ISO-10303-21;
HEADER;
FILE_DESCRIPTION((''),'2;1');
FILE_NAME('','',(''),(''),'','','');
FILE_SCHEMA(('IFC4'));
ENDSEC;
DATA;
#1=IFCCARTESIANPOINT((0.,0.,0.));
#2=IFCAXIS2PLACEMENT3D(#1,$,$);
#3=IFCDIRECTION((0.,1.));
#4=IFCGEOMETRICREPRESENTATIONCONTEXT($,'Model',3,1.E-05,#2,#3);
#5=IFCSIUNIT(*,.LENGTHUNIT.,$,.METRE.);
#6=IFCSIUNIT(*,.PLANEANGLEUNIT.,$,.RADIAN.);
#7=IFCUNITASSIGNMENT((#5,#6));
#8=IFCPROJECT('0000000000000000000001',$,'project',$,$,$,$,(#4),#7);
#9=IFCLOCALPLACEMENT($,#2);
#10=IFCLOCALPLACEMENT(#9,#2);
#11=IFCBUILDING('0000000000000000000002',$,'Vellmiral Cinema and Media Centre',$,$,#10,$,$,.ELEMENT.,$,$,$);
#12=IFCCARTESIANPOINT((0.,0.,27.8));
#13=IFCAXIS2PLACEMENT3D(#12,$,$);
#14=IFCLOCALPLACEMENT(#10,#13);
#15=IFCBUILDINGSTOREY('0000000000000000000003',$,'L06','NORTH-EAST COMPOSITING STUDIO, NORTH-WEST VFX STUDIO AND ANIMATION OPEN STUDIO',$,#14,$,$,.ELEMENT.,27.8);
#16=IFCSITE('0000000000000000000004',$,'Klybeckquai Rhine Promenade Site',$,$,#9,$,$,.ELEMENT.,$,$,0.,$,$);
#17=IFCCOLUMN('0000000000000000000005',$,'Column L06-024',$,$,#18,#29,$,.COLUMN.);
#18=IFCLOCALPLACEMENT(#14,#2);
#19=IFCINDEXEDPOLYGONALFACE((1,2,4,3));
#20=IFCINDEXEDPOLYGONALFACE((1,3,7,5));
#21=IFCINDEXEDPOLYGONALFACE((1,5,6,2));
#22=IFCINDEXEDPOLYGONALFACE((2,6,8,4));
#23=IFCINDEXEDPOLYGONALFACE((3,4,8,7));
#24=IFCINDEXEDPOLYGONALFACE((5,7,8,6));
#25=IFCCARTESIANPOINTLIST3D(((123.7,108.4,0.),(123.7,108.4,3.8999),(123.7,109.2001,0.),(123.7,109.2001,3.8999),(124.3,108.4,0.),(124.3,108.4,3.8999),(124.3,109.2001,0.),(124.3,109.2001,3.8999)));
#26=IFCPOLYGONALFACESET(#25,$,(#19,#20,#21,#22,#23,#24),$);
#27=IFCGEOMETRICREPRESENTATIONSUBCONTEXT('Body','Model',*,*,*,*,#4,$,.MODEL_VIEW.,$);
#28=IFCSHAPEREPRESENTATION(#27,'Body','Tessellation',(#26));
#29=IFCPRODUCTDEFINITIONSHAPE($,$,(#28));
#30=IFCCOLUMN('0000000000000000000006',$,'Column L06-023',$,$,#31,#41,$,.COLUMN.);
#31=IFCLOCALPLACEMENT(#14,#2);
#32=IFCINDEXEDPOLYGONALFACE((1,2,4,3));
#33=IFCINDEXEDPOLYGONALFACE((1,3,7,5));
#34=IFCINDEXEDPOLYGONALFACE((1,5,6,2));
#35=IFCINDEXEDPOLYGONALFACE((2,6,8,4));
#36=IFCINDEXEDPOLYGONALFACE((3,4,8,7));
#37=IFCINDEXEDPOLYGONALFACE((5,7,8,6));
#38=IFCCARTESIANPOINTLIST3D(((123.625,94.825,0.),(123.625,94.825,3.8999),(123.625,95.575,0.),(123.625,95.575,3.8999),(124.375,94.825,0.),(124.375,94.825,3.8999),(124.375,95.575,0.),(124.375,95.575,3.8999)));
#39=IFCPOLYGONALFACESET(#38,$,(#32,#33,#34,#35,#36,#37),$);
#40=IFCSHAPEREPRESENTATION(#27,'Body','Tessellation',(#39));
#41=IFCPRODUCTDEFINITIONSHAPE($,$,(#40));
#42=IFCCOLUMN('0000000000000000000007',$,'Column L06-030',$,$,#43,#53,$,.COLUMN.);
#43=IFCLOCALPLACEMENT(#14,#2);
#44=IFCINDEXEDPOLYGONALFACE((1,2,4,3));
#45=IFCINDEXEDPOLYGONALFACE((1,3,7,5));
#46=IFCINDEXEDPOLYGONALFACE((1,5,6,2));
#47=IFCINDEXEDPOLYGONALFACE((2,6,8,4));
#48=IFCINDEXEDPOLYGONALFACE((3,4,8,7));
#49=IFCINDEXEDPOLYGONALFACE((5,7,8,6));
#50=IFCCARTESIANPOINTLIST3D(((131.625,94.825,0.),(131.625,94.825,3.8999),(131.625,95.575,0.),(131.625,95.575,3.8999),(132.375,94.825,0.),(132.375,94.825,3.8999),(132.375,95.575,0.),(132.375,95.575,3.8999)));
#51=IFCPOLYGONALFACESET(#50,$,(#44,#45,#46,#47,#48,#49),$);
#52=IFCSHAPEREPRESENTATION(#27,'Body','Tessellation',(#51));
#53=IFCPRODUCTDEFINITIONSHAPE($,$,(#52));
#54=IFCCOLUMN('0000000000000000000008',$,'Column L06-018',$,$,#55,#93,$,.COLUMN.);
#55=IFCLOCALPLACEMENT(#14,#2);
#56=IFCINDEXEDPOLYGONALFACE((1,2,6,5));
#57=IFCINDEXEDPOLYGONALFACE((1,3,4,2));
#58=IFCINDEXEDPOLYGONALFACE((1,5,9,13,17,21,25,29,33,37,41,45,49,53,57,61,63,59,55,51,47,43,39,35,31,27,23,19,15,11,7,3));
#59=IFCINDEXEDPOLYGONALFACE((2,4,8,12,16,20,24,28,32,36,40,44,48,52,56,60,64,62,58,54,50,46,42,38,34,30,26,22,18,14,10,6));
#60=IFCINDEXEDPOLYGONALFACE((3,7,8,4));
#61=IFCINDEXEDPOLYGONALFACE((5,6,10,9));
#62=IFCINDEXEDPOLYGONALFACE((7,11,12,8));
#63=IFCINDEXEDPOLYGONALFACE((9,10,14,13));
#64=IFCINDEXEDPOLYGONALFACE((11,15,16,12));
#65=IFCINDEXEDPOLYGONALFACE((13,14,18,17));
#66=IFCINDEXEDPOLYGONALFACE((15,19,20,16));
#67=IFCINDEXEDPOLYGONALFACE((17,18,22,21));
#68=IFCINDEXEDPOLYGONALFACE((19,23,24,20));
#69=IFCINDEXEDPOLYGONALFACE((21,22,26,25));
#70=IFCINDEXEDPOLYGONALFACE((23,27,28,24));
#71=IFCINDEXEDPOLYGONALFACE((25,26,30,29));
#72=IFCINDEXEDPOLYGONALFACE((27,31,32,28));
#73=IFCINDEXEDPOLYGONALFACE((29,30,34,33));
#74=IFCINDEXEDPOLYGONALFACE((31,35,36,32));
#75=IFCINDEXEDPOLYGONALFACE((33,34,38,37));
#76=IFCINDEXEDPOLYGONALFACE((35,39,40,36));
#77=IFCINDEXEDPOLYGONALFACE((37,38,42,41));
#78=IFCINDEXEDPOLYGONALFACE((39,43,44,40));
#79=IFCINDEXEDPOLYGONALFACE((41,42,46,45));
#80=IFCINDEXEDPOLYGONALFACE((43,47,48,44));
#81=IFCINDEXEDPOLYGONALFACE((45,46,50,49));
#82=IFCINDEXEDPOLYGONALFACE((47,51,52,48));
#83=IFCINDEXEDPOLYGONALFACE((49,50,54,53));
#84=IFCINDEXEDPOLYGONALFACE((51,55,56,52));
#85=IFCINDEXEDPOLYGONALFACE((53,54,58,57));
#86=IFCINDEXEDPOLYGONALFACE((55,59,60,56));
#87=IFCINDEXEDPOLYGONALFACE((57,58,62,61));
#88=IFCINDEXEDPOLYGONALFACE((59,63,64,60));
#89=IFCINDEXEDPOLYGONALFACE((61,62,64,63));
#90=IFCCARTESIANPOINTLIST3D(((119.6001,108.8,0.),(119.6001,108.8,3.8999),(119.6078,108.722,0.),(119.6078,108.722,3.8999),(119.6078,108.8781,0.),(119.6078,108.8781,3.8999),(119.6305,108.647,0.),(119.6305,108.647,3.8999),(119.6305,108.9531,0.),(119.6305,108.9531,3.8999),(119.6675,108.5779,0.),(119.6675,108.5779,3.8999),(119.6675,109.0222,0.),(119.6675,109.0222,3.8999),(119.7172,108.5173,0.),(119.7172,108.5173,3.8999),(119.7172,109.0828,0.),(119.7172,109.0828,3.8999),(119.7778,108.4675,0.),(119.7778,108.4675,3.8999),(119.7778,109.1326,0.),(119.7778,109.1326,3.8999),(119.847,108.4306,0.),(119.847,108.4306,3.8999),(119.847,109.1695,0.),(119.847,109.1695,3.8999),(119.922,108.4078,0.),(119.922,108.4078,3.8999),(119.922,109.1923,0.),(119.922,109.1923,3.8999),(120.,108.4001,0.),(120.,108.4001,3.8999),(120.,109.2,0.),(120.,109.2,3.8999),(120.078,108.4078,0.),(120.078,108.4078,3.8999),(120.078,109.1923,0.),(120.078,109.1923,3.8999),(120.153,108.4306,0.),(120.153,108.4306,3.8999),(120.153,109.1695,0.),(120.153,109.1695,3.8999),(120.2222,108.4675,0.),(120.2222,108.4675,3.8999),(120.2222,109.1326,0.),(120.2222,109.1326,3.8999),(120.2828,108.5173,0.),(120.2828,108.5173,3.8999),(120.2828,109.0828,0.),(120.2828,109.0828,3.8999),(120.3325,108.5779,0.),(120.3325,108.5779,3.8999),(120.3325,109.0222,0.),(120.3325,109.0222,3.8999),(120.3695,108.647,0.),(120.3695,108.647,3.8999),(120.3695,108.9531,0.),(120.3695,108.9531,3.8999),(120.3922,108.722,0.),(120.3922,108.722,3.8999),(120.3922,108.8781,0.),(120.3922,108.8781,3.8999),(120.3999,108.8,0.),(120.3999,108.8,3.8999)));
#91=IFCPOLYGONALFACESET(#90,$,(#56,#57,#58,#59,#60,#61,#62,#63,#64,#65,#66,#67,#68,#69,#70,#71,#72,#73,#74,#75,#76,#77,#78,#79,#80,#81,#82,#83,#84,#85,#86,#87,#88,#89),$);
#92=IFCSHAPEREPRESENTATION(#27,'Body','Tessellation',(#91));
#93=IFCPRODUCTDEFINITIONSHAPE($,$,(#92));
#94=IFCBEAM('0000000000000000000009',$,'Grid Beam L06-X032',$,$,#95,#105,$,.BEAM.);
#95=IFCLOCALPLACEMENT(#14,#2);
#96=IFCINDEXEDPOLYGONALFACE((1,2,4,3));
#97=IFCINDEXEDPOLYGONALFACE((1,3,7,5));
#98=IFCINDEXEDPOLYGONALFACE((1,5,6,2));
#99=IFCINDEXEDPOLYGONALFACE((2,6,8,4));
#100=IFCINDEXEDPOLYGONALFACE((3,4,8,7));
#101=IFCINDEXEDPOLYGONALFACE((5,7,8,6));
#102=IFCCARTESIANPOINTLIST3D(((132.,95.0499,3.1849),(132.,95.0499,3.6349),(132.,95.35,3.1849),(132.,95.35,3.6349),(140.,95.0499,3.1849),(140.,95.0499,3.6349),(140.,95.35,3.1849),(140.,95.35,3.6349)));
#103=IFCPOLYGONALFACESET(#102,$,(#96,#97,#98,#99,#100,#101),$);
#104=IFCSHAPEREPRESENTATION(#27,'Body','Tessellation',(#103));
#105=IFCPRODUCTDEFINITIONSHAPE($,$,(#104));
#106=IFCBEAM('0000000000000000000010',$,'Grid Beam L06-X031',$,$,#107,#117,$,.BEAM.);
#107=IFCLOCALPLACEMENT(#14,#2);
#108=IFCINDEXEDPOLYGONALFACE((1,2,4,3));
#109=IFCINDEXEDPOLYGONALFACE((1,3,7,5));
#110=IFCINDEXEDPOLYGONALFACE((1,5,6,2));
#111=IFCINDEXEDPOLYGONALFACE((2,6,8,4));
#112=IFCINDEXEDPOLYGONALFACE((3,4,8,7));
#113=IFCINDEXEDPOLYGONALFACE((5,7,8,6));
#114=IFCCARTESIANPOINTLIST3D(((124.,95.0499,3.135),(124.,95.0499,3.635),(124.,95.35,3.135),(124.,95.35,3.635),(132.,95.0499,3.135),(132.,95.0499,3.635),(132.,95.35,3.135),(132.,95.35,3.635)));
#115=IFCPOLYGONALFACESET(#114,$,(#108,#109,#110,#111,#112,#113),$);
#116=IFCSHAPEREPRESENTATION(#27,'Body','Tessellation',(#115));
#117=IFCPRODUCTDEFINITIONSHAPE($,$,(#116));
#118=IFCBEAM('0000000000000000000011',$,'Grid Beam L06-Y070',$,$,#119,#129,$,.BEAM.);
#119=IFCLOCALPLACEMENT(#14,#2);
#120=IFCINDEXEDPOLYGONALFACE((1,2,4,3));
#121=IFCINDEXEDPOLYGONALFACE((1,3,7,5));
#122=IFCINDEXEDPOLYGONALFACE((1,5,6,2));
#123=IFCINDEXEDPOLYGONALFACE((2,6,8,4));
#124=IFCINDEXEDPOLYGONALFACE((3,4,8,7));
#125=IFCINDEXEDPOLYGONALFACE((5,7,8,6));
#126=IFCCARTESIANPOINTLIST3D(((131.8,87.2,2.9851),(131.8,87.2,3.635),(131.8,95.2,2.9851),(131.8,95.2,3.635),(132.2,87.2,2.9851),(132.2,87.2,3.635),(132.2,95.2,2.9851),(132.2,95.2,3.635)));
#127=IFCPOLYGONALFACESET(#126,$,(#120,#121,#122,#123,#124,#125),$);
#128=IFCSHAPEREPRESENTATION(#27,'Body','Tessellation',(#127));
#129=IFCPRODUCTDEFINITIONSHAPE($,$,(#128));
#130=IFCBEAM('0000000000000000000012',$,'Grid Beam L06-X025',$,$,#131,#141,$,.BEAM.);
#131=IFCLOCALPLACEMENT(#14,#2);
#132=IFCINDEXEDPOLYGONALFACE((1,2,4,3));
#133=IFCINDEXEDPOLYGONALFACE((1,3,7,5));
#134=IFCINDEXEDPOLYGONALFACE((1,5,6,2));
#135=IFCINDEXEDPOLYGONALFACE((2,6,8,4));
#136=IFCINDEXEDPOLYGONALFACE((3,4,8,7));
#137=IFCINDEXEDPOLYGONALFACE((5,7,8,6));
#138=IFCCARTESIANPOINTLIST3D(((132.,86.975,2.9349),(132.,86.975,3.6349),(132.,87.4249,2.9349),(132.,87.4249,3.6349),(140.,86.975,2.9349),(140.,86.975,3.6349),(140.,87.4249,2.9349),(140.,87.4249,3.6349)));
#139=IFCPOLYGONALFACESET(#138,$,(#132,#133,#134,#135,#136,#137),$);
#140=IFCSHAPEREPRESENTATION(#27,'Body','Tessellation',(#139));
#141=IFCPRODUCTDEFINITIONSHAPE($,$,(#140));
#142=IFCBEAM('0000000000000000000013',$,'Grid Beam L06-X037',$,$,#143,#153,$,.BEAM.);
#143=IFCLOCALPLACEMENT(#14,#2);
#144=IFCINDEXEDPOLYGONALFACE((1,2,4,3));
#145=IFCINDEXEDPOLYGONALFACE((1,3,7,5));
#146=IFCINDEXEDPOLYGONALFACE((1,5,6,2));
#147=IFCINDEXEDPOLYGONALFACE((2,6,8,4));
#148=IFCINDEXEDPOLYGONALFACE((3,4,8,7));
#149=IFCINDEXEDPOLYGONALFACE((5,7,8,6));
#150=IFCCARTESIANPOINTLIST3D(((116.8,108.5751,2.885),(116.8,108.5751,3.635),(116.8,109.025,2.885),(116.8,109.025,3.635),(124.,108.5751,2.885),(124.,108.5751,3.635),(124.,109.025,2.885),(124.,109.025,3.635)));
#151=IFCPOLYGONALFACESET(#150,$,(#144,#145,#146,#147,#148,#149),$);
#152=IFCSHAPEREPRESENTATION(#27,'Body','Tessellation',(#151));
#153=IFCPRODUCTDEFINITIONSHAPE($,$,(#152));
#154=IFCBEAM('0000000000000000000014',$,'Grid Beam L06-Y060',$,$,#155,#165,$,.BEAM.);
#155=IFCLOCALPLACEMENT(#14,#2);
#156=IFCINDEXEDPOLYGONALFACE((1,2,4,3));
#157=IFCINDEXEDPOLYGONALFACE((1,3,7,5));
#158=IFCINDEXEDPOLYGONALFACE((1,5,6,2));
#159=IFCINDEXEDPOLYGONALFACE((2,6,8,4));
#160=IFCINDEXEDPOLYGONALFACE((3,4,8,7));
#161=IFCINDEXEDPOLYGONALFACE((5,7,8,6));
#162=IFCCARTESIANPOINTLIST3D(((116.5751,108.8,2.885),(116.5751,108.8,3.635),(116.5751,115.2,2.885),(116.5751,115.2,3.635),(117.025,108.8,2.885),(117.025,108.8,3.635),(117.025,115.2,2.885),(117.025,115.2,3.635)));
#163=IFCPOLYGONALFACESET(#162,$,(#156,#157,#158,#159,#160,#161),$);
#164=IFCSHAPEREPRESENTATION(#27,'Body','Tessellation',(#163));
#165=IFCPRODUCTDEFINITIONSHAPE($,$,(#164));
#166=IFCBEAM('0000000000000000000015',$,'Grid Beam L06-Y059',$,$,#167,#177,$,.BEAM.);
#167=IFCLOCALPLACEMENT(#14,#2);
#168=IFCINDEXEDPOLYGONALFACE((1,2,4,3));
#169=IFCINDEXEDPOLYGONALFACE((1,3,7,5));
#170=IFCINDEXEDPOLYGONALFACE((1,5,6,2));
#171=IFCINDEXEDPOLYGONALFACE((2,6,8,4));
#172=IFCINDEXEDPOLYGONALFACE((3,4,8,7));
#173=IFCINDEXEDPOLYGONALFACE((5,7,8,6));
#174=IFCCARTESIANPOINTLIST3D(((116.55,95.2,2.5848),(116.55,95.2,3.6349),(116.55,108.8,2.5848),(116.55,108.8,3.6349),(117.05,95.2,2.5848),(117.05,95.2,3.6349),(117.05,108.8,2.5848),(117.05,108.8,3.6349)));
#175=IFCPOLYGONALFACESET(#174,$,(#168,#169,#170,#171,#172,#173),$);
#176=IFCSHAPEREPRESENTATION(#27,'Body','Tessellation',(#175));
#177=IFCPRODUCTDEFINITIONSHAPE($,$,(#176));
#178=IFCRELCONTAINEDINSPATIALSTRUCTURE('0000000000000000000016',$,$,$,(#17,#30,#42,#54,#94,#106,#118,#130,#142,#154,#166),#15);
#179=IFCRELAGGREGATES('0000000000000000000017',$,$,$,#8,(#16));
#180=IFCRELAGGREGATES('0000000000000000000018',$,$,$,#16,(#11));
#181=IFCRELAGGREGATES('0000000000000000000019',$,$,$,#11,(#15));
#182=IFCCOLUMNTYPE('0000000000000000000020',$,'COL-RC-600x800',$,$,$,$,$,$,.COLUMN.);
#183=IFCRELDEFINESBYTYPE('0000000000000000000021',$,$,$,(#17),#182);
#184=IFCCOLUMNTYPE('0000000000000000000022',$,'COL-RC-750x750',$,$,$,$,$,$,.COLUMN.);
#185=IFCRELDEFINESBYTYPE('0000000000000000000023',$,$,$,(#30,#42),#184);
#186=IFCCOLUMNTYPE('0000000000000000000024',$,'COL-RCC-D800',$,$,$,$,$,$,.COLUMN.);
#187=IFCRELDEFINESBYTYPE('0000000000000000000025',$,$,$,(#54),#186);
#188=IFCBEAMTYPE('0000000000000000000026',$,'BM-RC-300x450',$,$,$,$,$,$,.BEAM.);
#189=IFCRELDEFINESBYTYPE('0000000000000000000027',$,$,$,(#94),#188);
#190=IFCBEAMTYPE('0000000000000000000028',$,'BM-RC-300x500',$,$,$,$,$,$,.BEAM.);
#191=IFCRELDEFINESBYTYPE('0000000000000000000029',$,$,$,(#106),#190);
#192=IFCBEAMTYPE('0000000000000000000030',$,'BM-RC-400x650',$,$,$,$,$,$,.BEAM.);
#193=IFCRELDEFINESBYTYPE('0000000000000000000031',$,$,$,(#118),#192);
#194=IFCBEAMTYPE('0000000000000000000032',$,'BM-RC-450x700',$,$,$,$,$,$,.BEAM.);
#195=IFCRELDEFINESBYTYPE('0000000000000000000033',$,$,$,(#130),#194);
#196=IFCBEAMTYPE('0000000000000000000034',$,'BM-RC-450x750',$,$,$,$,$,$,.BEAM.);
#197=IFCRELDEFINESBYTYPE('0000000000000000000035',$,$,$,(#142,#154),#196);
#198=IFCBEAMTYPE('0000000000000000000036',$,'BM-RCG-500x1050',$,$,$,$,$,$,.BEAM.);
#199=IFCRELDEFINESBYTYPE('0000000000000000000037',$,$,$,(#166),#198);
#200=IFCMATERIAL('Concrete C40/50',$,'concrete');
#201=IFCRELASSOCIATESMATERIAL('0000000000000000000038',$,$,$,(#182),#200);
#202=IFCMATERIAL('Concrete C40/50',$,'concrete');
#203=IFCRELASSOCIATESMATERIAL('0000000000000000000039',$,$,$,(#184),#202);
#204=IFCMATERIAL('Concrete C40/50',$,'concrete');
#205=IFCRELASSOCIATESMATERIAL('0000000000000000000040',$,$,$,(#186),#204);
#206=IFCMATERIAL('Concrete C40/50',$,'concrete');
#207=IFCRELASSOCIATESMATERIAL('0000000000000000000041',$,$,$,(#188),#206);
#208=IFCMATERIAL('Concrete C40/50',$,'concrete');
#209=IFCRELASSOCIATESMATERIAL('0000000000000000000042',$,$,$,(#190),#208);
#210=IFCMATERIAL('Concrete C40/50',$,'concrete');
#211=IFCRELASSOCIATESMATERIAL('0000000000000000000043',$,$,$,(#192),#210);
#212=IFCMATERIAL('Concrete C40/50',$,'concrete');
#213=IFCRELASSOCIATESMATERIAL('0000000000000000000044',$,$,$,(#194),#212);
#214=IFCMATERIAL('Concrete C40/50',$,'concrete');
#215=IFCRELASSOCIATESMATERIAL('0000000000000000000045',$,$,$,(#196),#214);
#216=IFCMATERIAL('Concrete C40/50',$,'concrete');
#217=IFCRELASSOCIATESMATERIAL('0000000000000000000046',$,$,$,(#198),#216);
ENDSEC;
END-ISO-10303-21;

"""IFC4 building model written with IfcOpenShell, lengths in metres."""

from ifc_helpers import new_model, si_unit, direction, frame, origin, origin_2d, place, context, subcontext, project, spatial, rectangle, circle, extrude, material, material_profile, profile_set, type_object, element, save


model = new_model("IFC4")

# Units and contexts
model_context = context("Model", 3, precision=1e-05, world=origin(), true_north=direction((0.0, 1.0)))
body_context = subcontext(model_context, "Body", "Model", "MODEL_VIEW")
ifc_project = project(units=[si_unit("LENGTHUNIT", "METRE"), si_unit("PLANEANGLEUNIT", "RADIAN")], contexts=[model_context])

# Site, building, storey
site_placement = place(None, origin())
site = spatial("IfcSite", under=ifc_project, at=site_placement, Name="Klybeckquai Rhine Promenade Site", CompositionType="ELEMENT", RefElevation=0.0)
building_placement = place(site_placement, origin())
building = spatial("IfcBuilding", under=site, at=building_placement, Name="Vellmiral Cinema and Media Centre", CompositionType="ELEMENT")
storey_placement = place(building_placement, frame((0.0, 0.0, 27.8)))
storey = spatial("IfcBuildingStorey", under=building, at=storey_placement, Name="L06", Description="NORTH-EAST COMPOSITING STUDIO, NORTH-WEST VFX STUDIO AND ANIMATION OPEN STUDIO", CompositionType="ELEMENT", Elevation=27.8)

# Columns
ifc_material_1 = material(Name="Concrete C40/50", Category="concrete")
ifc_material_profile_1 = material_profile(ifc_material_1, rectangle(XDim=0.6001, YDim=0.8, at=origin_2d()), Name="RC 600x800")
ifc_profile_set_1 = profile_set([ifc_material_profile_1], Name="Concrete C40/50")
column_type_1 = type_object("IfcColumnType", Name="COL-RC-600x800", PredefinedType="COLUMN", material=ifc_profile_set_1)
column_1_placement = place(storey_placement, frame((124.0, 108.8, 0.0), z_axis=(0.0, 0.0, 1.0), x_axis=(1.0, 0.0, 0.0)))
element("IfcColumn", 1, at=column_1_placement, inside=storey, type_object=column_type_1, Name="Column L06-024", PredefinedType="COLUMN", context=body_context, shape_type="SweptSolid", body=[
    extrude(rectangle(XDim=0.6001, YDim=0.8, at=origin_2d()), origin(), (0.0, 0.0, 1.0), 3.8999),
])
ifc_material_2 = material(Name="Concrete C40/50", Category="concrete")
ifc_material_profile_2 = material_profile(ifc_material_2, rectangle(XDim=0.75, YDim=0.75, at=origin_2d()), Name="RC 750x750")
ifc_profile_set_2 = profile_set([ifc_material_profile_2], Name="Concrete C40/50")
column_type_2 = type_object("IfcColumnType", Name="COL-RC-750x750", PredefinedType="COLUMN", material=ifc_profile_set_2)
for number, where, z_axis, x_axis, name in (
    (2, (124.0, 95.2, 0.0), (0.0, 0.0, 1.0), (1.0, 0.0, 0.0), "Column L06-023"),
    (3, (132.0, 95.2, 0.0), (0.0, 0.0, 1.0), (1.0, 0.0, 0.0), "Column L06-030"),
):
    element("IfcColumn", number, at=place(storey_placement, frame(where, z_axis=z_axis, x_axis=x_axis)), inside=storey, type_object=column_type_2, Name=name, PredefinedType="COLUMN", context=body_context, shape_type="SweptSolid", body=[
        extrude(rectangle(XDim=0.75, YDim=0.75, at=origin_2d()), origin(), (0.0, 0.0, 1.0), 3.8999),
    ])
ifc_material_3 = material(Name="Concrete C40/50", Category="concrete")
ifc_material_profile_3 = material_profile(ifc_material_3, circle(Radius=0.3999, at=origin_2d()), Name="RC D800")
ifc_profile_set_3 = profile_set([ifc_material_profile_3], Name="Concrete C40/50")
column_type_3 = type_object("IfcColumnType", Name="COL-RCC-D800", PredefinedType="COLUMN", material=ifc_profile_set_3)
column_2_placement = place(storey_placement, frame((120.0, 108.8, 0.0), z_axis=(0.0, 0.0, 1.0), x_axis=(1.0, 0.0, 0.0)))
element("IfcColumn", 4, at=column_2_placement, inside=storey, type_object=column_type_3, Name="Column L06-018", PredefinedType="COLUMN", context=body_context, shape_type="SweptSolid", body=[
    extrude(circle(Radius=0.3999, at=origin_2d()), origin(), (0.0, 0.0, 1.0), 3.8999),
])

# Beams
ifc_material_4 = material(Name="Concrete C40/50", Category="concrete")
ifc_material_profile_4 = material_profile(ifc_material_4, rectangle(XDim=0.3, YDim=0.45, at=origin_2d()), Name="RC 300x450")
ifc_profile_set_4 = profile_set([ifc_material_profile_4], Name="Concrete C40/50")
beam_type_1 = type_object("IfcBeamType", Name="BM-RC-300x450", PredefinedType="BEAM", material=ifc_profile_set_4)
beam_1_placement = place(storey_placement, frame((132.0, 95.2, 3.4099), z_axis=(1.0, 0.0, 0.0), x_axis=(0.0, 1.0, 0.0)))
element("IfcBeam", 5, at=beam_1_placement, inside=storey, type_object=beam_type_1, Name="Grid Beam L06-X032", PredefinedType="BEAM", context=body_context, shape_type="SweptSolid", body=[
    extrude(rectangle(XDim=0.3, YDim=0.45, at=origin_2d()), origin(), (0.0, 0.0, 1.0), 8.0),
])
ifc_material_5 = material(Name="Concrete C40/50", Category="concrete")
ifc_material_profile_5 = material_profile(ifc_material_5, rectangle(XDim=0.3, YDim=0.5, at=origin_2d()), Name="RC 300x500")
ifc_profile_set_5 = profile_set([ifc_material_profile_5], Name="Concrete C40/50")
beam_type_2 = type_object("IfcBeamType", Name="BM-RC-300x500", PredefinedType="BEAM", material=ifc_profile_set_5)
beam_2_placement = place(storey_placement, frame((124.0, 95.2, 3.385), z_axis=(1.0, 0.0, 0.0), x_axis=(0.0, 1.0, 0.0)))
element("IfcBeam", 6, at=beam_2_placement, inside=storey, type_object=beam_type_2, Name="Grid Beam L06-X031", PredefinedType="BEAM", context=body_context, shape_type="SweptSolid", body=[
    extrude(rectangle(XDim=0.3, YDim=0.5, at=origin_2d()), origin(), (0.0, 0.0, 1.0), 8.0),
])
ifc_material_6 = material(Name="Concrete C40/50", Category="concrete")
ifc_material_profile_6 = material_profile(ifc_material_6, rectangle(XDim=0.3999, YDim=0.6499, at=origin_2d()), Name="RC 400x650")
ifc_profile_set_6 = profile_set([ifc_material_profile_6], Name="Concrete C40/50")
beam_type_3 = type_object("IfcBeamType", Name="BM-RC-400x650", PredefinedType="BEAM", material=ifc_profile_set_6)
beam_3_placement = place(storey_placement, frame((132.0, 87.2, 3.3101), z_axis=(0.0, 1.0, 0.0), x_axis=(-1.0, 0.0, 0.0)))
element("IfcBeam", 7, at=beam_3_placement, inside=storey, type_object=beam_type_3, Name="Grid Beam L06-Y070", PredefinedType="BEAM", context=body_context, shape_type="SweptSolid", body=[
    extrude(rectangle(XDim=0.3999, YDim=0.6499, at=origin_2d()), origin(), (0.0, 0.0, 1.0), 8.0),
])
ifc_material_7 = material(Name="Concrete C40/50", Category="concrete")
ifc_material_profile_7 = material_profile(ifc_material_7, rectangle(XDim=0.45, YDim=0.7, at=origin_2d()), Name="RC 450x700")
ifc_profile_set_7 = profile_set([ifc_material_profile_7], Name="Concrete C40/50")
beam_type_4 = type_object("IfcBeamType", Name="BM-RC-450x700", PredefinedType="BEAM", material=ifc_profile_set_7)
beam_4_placement = place(storey_placement, frame((132.0, 87.2, 3.2849), z_axis=(1.0, 0.0, 0.0), x_axis=(0.0, 1.0, 0.0)))
element("IfcBeam", 8, at=beam_4_placement, inside=storey, type_object=beam_type_4, Name="Grid Beam L06-X025", PredefinedType="BEAM", context=body_context, shape_type="SweptSolid", body=[
    extrude(rectangle(XDim=0.45, YDim=0.7, at=origin_2d()), origin(), (0.0, 0.0, 1.0), 8.0),
])
ifc_material_8 = material(Name="Concrete C40/50", Category="concrete")
ifc_material_profile_8 = material_profile(ifc_material_8, rectangle(XDim=0.45, YDim=0.75, at=origin_2d()), Name="RC 450x750")
ifc_profile_set_8 = profile_set([ifc_material_profile_8], Name="Concrete C40/50")
beam_type_5 = type_object("IfcBeamType", Name="BM-RC-450x750", PredefinedType="BEAM", material=ifc_profile_set_8)
beam_5_placement = place(storey_placement, frame((116.8, 108.8, 3.26), z_axis=(1.0, 0.0, 0.0), x_axis=(0.0, 1.0, 0.0)))
element("IfcBeam", 9, at=beam_5_placement, inside=storey, type_object=beam_type_5, Name="Grid Beam L06-X037", PredefinedType="BEAM", context=body_context, shape_type="SweptSolid", body=[
    extrude(rectangle(XDim=0.45, YDim=0.75, at=origin_2d()), origin(), (0.0, 0.0, 1.0), 7.2),
])
beam_6_placement = place(storey_placement, frame((116.8, 108.8, 3.26), z_axis=(0.0, 1.0, 0.0), x_axis=(-1.0, 0.0, 0.0)))
element("IfcBeam", 10, at=beam_6_placement, inside=storey, type_object=beam_type_5, Name="Grid Beam L06-Y060", PredefinedType="BEAM", context=body_context, shape_type="SweptSolid", body=[
    extrude(rectangle(XDim=0.45, YDim=0.75, at=origin_2d()), origin(), (0.0, 0.0, 1.0), 6.3999),
])
ifc_material_9 = material(Name="Concrete C40/50", Category="concrete")
ifc_material_profile_9 = material_profile(ifc_material_9, rectangle(XDim=0.5, YDim=1.05, at=origin_2d()), Name="RC 500x1050")
ifc_profile_set_9 = profile_set([ifc_material_profile_9], Name="Concrete C40/50")
beam_type_6 = type_object("IfcBeamType", Name="BM-RCG-500x1050", PredefinedType="BEAM", material=ifc_profile_set_9)
for number, where, z_axis, x_axis, name in (
    (11, (116.8, 95.2, 3.1099), (0.0, 1.0, 0.0), (-1.0, 0.0, 0.0), "Grid Beam L06-Y059"),
):
    element("IfcBeam", number, at=place(storey_placement, frame(where, z_axis=z_axis, x_axis=x_axis)), inside=storey, type_object=beam_type_6, Name=name, PredefinedType="BEAM", context=body_context, shape_type="SweptSolid", body=[
        extrude(rectangle(XDim=0.5, YDim=1.05, at=origin_2d()), origin(), (0.0, 0.0, 1.0), 13.6001),
    ])

save(model, "model.ifc")
